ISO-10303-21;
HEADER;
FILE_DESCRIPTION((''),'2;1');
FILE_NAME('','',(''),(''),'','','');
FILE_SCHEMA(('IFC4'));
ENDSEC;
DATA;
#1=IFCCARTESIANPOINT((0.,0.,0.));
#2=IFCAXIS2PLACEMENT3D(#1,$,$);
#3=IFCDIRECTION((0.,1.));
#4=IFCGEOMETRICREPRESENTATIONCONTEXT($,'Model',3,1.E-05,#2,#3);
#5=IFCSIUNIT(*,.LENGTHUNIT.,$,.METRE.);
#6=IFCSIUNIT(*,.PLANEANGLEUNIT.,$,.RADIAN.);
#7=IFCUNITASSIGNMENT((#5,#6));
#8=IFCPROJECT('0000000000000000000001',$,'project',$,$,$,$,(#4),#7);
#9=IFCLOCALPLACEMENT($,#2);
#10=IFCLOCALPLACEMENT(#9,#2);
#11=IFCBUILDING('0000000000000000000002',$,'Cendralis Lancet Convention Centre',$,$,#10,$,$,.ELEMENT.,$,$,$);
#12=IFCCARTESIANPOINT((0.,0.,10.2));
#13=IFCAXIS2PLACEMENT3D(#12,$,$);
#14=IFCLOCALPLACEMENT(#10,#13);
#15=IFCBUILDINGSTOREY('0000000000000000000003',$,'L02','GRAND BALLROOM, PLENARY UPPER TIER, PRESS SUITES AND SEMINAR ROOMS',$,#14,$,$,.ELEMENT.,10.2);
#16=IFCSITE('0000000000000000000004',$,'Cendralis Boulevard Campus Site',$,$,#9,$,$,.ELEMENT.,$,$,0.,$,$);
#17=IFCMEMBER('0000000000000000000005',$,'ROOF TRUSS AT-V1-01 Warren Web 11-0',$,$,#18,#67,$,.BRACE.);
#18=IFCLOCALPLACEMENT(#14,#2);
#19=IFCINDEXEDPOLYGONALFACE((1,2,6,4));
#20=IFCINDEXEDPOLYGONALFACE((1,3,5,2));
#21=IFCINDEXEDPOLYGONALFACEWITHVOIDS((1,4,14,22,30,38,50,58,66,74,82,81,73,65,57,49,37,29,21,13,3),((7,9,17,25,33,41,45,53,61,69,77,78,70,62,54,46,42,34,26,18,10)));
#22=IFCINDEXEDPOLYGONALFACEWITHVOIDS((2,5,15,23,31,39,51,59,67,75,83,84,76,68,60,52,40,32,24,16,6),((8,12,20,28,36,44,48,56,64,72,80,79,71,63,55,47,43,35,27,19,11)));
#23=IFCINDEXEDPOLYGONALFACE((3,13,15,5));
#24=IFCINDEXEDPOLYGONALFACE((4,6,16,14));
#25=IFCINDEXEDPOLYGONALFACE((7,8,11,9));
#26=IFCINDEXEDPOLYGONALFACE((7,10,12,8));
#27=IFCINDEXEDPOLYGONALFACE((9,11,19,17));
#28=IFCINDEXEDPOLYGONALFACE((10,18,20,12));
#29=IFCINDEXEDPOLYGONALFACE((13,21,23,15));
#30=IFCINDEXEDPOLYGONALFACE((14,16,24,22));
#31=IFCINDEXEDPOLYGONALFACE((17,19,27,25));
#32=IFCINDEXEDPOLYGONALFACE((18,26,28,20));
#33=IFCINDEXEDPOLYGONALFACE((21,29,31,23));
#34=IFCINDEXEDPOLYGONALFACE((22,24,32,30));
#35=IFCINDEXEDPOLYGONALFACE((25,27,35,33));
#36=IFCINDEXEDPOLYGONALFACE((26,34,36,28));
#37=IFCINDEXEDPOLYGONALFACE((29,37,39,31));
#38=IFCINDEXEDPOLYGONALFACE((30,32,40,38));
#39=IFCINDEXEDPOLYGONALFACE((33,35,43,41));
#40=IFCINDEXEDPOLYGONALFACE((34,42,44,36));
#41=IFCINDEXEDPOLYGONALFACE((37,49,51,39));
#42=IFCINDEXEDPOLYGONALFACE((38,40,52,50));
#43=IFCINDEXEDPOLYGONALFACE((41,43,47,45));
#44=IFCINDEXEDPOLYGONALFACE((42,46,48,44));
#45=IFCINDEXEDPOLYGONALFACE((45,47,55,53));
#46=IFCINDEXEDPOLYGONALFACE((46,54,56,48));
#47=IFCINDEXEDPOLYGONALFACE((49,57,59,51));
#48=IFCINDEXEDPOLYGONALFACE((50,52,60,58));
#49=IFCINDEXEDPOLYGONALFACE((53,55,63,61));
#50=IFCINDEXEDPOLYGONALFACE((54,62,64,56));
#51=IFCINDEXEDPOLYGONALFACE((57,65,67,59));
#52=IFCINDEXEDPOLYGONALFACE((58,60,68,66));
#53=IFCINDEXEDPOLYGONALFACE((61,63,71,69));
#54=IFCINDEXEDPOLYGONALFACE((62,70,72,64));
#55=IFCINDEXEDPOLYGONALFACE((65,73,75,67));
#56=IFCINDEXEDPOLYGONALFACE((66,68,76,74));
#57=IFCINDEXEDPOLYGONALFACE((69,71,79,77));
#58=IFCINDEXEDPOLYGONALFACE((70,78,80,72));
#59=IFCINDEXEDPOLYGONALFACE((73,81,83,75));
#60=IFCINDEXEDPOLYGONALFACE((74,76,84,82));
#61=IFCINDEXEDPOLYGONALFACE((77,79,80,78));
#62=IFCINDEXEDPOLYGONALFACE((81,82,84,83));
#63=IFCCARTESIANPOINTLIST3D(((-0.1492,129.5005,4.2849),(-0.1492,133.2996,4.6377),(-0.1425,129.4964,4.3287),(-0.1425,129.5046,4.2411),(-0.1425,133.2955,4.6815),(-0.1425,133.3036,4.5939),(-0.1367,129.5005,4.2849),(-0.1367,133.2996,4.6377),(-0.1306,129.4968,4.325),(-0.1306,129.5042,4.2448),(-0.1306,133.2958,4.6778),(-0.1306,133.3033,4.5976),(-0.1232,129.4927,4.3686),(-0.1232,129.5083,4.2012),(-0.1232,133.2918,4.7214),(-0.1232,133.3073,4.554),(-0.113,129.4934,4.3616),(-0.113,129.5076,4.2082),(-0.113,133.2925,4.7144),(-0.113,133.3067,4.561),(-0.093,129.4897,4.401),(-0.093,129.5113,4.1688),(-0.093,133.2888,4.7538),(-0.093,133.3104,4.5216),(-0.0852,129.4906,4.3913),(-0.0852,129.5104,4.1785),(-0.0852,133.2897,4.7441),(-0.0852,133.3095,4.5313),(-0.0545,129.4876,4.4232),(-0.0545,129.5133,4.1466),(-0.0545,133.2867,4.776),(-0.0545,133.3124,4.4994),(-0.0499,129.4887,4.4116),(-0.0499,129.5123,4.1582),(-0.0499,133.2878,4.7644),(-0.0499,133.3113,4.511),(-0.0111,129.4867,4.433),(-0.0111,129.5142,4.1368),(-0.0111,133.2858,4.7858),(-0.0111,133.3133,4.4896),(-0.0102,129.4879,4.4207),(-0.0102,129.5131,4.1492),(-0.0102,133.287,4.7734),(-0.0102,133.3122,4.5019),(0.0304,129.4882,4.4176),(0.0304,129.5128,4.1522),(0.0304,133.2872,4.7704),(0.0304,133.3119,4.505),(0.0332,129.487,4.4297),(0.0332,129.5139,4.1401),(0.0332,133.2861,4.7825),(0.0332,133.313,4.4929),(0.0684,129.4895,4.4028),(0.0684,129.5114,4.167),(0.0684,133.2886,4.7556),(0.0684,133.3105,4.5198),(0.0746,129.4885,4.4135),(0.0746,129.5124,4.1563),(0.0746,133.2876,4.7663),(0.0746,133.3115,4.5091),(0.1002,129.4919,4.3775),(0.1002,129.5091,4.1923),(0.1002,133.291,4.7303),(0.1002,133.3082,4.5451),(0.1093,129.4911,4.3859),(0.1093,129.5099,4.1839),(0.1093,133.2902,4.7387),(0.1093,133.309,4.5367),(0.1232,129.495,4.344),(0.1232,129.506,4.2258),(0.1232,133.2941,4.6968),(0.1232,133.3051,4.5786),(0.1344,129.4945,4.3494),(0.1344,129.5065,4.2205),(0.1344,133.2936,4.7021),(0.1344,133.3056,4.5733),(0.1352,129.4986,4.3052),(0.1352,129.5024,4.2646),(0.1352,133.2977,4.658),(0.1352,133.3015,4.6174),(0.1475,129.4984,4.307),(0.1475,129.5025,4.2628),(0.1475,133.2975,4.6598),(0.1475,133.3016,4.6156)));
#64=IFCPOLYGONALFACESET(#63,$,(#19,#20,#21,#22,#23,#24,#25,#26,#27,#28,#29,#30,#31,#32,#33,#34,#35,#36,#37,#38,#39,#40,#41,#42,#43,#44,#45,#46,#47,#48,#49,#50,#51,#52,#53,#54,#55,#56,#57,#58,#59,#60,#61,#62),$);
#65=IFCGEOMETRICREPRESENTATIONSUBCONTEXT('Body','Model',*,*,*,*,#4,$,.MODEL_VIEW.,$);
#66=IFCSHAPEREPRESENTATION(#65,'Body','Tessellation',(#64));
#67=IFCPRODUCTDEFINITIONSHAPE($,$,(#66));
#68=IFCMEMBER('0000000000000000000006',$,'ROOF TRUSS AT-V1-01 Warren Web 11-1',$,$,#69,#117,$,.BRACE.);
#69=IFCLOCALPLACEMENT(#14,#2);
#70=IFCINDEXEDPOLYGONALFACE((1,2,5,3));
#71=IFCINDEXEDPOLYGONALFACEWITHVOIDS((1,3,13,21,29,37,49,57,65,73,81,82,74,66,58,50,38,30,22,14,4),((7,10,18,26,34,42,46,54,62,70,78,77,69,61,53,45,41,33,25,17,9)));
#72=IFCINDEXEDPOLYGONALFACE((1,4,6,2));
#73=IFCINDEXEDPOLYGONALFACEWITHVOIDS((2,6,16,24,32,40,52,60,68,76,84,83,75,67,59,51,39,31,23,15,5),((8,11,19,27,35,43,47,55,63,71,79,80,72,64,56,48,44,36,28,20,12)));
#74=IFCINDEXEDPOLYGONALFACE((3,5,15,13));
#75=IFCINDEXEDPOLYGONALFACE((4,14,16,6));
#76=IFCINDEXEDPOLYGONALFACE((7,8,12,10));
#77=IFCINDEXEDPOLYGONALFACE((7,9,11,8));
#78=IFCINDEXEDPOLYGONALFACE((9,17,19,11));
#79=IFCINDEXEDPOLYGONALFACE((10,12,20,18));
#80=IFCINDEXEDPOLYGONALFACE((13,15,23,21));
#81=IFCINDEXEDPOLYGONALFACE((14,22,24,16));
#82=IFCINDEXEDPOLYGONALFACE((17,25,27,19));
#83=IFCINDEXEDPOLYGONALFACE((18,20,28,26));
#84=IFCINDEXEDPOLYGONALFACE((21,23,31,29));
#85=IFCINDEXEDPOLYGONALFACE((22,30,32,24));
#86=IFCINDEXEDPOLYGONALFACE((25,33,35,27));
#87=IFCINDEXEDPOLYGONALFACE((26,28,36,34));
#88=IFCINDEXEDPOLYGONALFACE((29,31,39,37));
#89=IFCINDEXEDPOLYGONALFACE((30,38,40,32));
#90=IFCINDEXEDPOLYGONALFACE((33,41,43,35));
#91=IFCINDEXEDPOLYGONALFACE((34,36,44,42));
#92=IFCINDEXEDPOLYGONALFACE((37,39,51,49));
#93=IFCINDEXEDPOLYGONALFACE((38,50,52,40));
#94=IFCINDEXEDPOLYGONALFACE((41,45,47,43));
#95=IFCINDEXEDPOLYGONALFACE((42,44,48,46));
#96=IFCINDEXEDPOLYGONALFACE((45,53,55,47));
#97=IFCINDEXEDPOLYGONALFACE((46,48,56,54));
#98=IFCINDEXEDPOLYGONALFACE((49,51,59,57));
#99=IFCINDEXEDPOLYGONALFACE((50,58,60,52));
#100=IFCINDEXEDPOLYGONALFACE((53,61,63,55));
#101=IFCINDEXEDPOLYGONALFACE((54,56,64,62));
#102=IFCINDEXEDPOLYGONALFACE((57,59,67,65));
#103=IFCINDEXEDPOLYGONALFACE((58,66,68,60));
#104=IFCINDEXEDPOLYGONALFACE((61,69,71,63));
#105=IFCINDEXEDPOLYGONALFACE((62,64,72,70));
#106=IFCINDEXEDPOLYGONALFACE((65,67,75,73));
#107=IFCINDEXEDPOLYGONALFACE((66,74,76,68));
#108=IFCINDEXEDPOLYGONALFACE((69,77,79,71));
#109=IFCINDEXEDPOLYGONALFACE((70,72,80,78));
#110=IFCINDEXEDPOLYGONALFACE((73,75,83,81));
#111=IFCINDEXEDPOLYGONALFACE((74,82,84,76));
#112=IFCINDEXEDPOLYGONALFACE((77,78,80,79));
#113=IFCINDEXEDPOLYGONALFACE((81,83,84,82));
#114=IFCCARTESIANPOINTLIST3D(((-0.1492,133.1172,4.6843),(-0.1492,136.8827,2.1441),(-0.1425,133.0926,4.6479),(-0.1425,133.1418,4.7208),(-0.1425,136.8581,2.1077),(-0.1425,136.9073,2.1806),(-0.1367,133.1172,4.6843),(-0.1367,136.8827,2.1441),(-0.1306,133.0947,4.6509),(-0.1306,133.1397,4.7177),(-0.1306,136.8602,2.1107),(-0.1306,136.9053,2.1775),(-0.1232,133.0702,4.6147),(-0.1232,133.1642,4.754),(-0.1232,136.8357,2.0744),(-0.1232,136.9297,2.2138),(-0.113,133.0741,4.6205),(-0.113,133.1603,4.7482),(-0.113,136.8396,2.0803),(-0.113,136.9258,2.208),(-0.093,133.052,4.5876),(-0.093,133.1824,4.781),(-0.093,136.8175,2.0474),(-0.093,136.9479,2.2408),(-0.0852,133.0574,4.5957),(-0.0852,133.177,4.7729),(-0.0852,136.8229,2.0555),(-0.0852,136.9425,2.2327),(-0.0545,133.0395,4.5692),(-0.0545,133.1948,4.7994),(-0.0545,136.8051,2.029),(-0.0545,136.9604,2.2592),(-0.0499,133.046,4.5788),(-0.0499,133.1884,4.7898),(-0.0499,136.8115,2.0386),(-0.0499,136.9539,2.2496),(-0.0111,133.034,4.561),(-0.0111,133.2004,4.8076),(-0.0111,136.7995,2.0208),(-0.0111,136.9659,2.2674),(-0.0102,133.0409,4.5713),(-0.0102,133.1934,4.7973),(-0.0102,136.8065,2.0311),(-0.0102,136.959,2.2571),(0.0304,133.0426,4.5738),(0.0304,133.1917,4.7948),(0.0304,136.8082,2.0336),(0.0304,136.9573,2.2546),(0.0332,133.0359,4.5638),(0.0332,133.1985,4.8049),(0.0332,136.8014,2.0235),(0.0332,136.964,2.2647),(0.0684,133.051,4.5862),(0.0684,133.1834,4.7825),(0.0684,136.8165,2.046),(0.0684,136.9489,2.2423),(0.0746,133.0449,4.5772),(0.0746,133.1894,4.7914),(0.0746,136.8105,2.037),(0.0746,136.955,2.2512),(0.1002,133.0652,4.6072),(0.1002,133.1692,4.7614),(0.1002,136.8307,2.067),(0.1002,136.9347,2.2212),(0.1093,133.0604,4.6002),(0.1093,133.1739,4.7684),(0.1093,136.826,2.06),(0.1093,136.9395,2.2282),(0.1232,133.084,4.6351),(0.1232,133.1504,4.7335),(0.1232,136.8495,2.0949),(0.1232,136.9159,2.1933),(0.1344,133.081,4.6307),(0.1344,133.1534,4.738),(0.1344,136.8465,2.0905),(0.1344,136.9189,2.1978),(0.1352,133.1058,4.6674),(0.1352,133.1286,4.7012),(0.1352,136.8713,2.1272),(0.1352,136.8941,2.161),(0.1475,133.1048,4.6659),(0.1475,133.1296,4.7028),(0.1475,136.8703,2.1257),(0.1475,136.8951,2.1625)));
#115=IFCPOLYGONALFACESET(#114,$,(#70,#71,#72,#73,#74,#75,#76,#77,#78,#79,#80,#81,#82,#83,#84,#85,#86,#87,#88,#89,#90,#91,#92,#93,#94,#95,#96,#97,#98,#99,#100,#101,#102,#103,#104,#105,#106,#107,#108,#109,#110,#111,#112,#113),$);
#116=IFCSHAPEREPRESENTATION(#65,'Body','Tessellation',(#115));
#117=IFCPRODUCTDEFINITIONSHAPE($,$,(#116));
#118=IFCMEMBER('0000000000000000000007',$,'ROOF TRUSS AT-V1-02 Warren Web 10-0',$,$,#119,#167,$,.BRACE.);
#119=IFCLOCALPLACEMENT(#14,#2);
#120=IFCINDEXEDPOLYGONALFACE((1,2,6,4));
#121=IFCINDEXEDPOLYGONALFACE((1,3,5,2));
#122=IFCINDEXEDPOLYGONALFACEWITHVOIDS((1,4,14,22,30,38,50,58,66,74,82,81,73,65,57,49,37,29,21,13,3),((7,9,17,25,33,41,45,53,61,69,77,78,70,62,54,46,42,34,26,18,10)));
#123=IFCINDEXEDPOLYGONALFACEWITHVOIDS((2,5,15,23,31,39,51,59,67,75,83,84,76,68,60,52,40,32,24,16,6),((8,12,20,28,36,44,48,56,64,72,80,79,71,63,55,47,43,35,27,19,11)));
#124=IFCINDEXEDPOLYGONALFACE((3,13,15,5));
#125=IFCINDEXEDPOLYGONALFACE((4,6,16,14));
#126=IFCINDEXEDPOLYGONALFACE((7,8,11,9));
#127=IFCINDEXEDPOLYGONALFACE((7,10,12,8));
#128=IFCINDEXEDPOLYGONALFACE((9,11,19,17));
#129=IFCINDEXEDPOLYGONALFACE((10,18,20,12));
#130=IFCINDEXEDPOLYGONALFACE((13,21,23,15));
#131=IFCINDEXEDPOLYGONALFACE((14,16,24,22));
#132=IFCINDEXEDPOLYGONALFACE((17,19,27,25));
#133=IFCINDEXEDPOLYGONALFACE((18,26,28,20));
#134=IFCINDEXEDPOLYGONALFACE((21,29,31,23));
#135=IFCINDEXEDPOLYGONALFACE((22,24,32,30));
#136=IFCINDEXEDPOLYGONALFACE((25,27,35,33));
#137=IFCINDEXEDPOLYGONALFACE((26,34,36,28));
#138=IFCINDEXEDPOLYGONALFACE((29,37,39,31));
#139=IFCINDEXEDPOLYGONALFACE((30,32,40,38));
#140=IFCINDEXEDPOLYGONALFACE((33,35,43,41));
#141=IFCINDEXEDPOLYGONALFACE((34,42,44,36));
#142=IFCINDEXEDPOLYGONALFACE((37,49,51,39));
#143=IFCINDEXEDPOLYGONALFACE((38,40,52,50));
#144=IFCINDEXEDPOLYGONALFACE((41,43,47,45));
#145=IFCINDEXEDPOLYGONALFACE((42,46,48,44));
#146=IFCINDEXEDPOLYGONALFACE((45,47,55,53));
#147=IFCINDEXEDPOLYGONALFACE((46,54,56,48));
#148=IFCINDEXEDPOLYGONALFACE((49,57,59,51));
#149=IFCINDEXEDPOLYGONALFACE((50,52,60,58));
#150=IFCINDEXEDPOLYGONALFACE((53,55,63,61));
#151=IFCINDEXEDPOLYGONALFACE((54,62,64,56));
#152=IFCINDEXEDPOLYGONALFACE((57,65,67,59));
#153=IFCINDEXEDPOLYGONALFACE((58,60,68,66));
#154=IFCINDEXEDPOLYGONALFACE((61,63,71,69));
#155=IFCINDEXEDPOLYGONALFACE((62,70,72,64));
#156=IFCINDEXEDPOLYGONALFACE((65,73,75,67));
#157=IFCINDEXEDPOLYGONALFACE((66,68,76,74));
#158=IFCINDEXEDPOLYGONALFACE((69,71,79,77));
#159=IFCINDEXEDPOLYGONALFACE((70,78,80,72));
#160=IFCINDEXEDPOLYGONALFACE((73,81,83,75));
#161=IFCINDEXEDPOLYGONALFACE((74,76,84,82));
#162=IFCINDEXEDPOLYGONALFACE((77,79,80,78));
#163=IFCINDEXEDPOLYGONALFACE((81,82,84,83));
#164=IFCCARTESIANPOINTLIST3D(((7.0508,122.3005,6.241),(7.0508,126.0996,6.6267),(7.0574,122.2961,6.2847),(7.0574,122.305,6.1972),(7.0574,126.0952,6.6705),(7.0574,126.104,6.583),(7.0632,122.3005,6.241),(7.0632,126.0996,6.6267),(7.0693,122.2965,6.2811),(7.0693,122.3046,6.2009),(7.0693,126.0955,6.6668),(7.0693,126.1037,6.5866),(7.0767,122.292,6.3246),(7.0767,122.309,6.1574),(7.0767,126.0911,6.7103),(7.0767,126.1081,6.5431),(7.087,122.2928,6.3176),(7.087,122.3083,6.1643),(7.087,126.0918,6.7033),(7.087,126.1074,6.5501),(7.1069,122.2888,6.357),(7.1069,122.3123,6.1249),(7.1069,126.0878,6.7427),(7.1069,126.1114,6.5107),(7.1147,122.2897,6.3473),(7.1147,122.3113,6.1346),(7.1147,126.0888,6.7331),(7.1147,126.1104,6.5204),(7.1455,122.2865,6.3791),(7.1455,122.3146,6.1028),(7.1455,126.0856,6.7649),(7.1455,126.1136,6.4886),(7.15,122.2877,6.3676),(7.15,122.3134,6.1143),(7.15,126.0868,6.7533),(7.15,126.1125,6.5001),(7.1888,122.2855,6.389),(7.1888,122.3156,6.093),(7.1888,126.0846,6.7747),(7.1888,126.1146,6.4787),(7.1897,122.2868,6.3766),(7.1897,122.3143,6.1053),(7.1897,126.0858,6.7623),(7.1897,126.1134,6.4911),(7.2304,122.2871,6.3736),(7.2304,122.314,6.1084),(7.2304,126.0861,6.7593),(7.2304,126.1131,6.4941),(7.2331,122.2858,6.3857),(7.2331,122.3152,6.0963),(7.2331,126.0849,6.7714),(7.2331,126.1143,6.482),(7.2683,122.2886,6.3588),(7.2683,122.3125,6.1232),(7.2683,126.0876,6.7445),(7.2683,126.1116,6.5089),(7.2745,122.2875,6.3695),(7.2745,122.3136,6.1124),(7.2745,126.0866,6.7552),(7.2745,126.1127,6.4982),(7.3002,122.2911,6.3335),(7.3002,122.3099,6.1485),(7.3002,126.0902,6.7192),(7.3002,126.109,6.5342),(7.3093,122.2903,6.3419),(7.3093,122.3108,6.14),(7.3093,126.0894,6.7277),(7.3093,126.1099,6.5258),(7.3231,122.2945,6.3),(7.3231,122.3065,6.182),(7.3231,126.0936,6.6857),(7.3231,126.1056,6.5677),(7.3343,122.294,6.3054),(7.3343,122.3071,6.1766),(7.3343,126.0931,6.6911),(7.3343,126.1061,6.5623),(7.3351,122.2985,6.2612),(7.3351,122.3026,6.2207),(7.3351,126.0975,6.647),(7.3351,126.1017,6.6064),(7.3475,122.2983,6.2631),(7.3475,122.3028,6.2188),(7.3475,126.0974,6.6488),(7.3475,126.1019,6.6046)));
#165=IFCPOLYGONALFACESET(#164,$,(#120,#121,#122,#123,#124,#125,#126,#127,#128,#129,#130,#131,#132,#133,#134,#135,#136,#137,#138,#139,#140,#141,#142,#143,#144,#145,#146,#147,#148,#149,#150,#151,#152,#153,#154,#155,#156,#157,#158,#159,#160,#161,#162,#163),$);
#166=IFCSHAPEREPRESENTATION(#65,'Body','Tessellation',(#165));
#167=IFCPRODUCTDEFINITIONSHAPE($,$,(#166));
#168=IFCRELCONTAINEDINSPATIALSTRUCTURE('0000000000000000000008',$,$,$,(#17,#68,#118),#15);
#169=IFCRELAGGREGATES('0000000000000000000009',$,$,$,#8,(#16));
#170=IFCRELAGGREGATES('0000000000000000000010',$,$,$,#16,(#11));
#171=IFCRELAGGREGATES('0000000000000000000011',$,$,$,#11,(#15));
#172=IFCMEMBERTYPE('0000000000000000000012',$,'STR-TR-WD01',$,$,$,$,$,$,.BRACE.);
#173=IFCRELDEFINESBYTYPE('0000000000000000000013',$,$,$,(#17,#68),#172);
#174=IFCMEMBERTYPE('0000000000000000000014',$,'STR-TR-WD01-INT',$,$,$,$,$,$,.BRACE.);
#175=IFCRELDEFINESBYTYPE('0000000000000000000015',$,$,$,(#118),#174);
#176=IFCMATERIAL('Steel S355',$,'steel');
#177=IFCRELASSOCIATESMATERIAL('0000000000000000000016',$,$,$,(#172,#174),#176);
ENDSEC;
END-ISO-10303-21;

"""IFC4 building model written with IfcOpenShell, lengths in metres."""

from ifc_helpers import new_model, si_unit, direction, frame, origin, origin_2d, place, context, subcontext, project, spatial, hollow_circle, extrude, material, material_profile, profile_set, type_object, element, save


model = new_model("IFC4")

# Units and contexts
model_context = context("Model", 3, precision=1e-05, world=origin(), true_north=direction((0.0, 1.0)))
body_context = subcontext(model_context, "Body", "Model", "MODEL_VIEW")
ifc_project = project(units=[si_unit("LENGTHUNIT", "METRE"), si_unit("PLANEANGLEUNIT", "RADIAN")], contexts=[model_context])

# Site, building, storey
site_placement = place(None, origin())
site = spatial("IfcSite", under=ifc_project, at=site_placement, Name="Cendralis Boulevard Campus Site", CompositionType="ELEMENT", RefElevation=0.0)
building_placement = place(site_placement, origin())
building = spatial("IfcBuilding", under=site, at=building_placement, Name="Cendralis Lancet Convention Centre", CompositionType="ELEMENT")
storey_placement = place(building_placement, frame((0.0, 0.0, 10.2)))
storey = spatial("IfcBuildingStorey", under=building, at=storey_placement, Name="L02", Description="GRAND BALLROOM, PLENARY UPPER TIER, PRESS SUITES AND SEMINAR ROOMS", CompositionType="ELEMENT", Elevation=10.2)

# Members
ifc_material_1 = material(Name="Steel S355", Category="steel")
ifc_material_profile_1 = material_profile(ifc_material_1, hollow_circle(Radius=0.1492, WallThickness=0.0125, at=origin_2d()), Name="CHS 298.5x12.5")
ifc_profile_set_1 = profile_set([ifc_material_profile_1], Name="Steel S355")
member_type_1 = type_object("IfcMemberType", Name="STR-TR-WD01", PredefinedType="BRACE", material=ifc_profile_set_1)
member_1_placement = place(storey_placement, frame((0.0, 129.5005, 4.2849), z_axis=(0.0, 0.995716, 0.092463), x_axis=(-1.0, 0.0, 0.0)))
element("IfcMember", 1, at=member_1_placement, inside=storey, type_object=member_type_1, Name="ROOF TRUSS AT-V1-01 Warren Web 11-0", PredefinedType="BRACE", context=body_context, shape_type="SweptSolid", body=[
    extrude(hollow_circle(Radius=0.1492, WallThickness=0.0125, at=origin_2d()), origin(), (0.0, 0.0, 1.0), 3.8154),
])
member_2_placement = place(storey_placement, frame((0.0, 133.1172, 4.6843), z_axis=(0.0, 0.829003, -0.559244), x_axis=(-1.0, 0.0, 0.0)))
element("IfcMember", 2, at=member_2_placement, inside=storey, type_object=member_type_1, Name="ROOF TRUSS AT-V1-01 Warren Web 11-1", PredefinedType="BRACE", context=body_context, shape_type="SweptSolid", body=[
    extrude(hollow_circle(Radius=0.1492, WallThickness=0.0125, at=origin_2d()), origin(), (0.0, 0.0, 1.0), 4.5422),
])
ifc_material_profile_2 = material_profile(ifc_material_1, hollow_circle(Radius=0.1492, WallThickness=0.0125, at=origin_2d()), Name="CHS 298.5x12.5")
ifc_profile_set_2 = profile_set([ifc_material_profile_2], Name="Steel S355")
member_type_2 = type_object("IfcMemberType", Name="STR-TR-WD01-INT", PredefinedType="BRACE", material=ifc_profile_set_2)
member_3_placement = place(storey_placement, frame((7.2, 122.3005, 6.241), z_axis=(0.0, 0.994885, 0.101017), x_axis=(-1.0, 0.0, 0.0)))
element("IfcMember", 3, at=member_3_placement, inside=storey, type_object=member_type_2, Name="ROOF TRUSS AT-V1-02 Warren Web 10-0", PredefinedType="BRACE", context=body_context, shape_type="SweptSolid", body=[
    extrude(hollow_circle(Radius=0.1492, WallThickness=0.0125, at=origin_2d()), origin(), (0.0, 0.0, 1.0), 3.8186),
])

save(model, "model.ifc")
